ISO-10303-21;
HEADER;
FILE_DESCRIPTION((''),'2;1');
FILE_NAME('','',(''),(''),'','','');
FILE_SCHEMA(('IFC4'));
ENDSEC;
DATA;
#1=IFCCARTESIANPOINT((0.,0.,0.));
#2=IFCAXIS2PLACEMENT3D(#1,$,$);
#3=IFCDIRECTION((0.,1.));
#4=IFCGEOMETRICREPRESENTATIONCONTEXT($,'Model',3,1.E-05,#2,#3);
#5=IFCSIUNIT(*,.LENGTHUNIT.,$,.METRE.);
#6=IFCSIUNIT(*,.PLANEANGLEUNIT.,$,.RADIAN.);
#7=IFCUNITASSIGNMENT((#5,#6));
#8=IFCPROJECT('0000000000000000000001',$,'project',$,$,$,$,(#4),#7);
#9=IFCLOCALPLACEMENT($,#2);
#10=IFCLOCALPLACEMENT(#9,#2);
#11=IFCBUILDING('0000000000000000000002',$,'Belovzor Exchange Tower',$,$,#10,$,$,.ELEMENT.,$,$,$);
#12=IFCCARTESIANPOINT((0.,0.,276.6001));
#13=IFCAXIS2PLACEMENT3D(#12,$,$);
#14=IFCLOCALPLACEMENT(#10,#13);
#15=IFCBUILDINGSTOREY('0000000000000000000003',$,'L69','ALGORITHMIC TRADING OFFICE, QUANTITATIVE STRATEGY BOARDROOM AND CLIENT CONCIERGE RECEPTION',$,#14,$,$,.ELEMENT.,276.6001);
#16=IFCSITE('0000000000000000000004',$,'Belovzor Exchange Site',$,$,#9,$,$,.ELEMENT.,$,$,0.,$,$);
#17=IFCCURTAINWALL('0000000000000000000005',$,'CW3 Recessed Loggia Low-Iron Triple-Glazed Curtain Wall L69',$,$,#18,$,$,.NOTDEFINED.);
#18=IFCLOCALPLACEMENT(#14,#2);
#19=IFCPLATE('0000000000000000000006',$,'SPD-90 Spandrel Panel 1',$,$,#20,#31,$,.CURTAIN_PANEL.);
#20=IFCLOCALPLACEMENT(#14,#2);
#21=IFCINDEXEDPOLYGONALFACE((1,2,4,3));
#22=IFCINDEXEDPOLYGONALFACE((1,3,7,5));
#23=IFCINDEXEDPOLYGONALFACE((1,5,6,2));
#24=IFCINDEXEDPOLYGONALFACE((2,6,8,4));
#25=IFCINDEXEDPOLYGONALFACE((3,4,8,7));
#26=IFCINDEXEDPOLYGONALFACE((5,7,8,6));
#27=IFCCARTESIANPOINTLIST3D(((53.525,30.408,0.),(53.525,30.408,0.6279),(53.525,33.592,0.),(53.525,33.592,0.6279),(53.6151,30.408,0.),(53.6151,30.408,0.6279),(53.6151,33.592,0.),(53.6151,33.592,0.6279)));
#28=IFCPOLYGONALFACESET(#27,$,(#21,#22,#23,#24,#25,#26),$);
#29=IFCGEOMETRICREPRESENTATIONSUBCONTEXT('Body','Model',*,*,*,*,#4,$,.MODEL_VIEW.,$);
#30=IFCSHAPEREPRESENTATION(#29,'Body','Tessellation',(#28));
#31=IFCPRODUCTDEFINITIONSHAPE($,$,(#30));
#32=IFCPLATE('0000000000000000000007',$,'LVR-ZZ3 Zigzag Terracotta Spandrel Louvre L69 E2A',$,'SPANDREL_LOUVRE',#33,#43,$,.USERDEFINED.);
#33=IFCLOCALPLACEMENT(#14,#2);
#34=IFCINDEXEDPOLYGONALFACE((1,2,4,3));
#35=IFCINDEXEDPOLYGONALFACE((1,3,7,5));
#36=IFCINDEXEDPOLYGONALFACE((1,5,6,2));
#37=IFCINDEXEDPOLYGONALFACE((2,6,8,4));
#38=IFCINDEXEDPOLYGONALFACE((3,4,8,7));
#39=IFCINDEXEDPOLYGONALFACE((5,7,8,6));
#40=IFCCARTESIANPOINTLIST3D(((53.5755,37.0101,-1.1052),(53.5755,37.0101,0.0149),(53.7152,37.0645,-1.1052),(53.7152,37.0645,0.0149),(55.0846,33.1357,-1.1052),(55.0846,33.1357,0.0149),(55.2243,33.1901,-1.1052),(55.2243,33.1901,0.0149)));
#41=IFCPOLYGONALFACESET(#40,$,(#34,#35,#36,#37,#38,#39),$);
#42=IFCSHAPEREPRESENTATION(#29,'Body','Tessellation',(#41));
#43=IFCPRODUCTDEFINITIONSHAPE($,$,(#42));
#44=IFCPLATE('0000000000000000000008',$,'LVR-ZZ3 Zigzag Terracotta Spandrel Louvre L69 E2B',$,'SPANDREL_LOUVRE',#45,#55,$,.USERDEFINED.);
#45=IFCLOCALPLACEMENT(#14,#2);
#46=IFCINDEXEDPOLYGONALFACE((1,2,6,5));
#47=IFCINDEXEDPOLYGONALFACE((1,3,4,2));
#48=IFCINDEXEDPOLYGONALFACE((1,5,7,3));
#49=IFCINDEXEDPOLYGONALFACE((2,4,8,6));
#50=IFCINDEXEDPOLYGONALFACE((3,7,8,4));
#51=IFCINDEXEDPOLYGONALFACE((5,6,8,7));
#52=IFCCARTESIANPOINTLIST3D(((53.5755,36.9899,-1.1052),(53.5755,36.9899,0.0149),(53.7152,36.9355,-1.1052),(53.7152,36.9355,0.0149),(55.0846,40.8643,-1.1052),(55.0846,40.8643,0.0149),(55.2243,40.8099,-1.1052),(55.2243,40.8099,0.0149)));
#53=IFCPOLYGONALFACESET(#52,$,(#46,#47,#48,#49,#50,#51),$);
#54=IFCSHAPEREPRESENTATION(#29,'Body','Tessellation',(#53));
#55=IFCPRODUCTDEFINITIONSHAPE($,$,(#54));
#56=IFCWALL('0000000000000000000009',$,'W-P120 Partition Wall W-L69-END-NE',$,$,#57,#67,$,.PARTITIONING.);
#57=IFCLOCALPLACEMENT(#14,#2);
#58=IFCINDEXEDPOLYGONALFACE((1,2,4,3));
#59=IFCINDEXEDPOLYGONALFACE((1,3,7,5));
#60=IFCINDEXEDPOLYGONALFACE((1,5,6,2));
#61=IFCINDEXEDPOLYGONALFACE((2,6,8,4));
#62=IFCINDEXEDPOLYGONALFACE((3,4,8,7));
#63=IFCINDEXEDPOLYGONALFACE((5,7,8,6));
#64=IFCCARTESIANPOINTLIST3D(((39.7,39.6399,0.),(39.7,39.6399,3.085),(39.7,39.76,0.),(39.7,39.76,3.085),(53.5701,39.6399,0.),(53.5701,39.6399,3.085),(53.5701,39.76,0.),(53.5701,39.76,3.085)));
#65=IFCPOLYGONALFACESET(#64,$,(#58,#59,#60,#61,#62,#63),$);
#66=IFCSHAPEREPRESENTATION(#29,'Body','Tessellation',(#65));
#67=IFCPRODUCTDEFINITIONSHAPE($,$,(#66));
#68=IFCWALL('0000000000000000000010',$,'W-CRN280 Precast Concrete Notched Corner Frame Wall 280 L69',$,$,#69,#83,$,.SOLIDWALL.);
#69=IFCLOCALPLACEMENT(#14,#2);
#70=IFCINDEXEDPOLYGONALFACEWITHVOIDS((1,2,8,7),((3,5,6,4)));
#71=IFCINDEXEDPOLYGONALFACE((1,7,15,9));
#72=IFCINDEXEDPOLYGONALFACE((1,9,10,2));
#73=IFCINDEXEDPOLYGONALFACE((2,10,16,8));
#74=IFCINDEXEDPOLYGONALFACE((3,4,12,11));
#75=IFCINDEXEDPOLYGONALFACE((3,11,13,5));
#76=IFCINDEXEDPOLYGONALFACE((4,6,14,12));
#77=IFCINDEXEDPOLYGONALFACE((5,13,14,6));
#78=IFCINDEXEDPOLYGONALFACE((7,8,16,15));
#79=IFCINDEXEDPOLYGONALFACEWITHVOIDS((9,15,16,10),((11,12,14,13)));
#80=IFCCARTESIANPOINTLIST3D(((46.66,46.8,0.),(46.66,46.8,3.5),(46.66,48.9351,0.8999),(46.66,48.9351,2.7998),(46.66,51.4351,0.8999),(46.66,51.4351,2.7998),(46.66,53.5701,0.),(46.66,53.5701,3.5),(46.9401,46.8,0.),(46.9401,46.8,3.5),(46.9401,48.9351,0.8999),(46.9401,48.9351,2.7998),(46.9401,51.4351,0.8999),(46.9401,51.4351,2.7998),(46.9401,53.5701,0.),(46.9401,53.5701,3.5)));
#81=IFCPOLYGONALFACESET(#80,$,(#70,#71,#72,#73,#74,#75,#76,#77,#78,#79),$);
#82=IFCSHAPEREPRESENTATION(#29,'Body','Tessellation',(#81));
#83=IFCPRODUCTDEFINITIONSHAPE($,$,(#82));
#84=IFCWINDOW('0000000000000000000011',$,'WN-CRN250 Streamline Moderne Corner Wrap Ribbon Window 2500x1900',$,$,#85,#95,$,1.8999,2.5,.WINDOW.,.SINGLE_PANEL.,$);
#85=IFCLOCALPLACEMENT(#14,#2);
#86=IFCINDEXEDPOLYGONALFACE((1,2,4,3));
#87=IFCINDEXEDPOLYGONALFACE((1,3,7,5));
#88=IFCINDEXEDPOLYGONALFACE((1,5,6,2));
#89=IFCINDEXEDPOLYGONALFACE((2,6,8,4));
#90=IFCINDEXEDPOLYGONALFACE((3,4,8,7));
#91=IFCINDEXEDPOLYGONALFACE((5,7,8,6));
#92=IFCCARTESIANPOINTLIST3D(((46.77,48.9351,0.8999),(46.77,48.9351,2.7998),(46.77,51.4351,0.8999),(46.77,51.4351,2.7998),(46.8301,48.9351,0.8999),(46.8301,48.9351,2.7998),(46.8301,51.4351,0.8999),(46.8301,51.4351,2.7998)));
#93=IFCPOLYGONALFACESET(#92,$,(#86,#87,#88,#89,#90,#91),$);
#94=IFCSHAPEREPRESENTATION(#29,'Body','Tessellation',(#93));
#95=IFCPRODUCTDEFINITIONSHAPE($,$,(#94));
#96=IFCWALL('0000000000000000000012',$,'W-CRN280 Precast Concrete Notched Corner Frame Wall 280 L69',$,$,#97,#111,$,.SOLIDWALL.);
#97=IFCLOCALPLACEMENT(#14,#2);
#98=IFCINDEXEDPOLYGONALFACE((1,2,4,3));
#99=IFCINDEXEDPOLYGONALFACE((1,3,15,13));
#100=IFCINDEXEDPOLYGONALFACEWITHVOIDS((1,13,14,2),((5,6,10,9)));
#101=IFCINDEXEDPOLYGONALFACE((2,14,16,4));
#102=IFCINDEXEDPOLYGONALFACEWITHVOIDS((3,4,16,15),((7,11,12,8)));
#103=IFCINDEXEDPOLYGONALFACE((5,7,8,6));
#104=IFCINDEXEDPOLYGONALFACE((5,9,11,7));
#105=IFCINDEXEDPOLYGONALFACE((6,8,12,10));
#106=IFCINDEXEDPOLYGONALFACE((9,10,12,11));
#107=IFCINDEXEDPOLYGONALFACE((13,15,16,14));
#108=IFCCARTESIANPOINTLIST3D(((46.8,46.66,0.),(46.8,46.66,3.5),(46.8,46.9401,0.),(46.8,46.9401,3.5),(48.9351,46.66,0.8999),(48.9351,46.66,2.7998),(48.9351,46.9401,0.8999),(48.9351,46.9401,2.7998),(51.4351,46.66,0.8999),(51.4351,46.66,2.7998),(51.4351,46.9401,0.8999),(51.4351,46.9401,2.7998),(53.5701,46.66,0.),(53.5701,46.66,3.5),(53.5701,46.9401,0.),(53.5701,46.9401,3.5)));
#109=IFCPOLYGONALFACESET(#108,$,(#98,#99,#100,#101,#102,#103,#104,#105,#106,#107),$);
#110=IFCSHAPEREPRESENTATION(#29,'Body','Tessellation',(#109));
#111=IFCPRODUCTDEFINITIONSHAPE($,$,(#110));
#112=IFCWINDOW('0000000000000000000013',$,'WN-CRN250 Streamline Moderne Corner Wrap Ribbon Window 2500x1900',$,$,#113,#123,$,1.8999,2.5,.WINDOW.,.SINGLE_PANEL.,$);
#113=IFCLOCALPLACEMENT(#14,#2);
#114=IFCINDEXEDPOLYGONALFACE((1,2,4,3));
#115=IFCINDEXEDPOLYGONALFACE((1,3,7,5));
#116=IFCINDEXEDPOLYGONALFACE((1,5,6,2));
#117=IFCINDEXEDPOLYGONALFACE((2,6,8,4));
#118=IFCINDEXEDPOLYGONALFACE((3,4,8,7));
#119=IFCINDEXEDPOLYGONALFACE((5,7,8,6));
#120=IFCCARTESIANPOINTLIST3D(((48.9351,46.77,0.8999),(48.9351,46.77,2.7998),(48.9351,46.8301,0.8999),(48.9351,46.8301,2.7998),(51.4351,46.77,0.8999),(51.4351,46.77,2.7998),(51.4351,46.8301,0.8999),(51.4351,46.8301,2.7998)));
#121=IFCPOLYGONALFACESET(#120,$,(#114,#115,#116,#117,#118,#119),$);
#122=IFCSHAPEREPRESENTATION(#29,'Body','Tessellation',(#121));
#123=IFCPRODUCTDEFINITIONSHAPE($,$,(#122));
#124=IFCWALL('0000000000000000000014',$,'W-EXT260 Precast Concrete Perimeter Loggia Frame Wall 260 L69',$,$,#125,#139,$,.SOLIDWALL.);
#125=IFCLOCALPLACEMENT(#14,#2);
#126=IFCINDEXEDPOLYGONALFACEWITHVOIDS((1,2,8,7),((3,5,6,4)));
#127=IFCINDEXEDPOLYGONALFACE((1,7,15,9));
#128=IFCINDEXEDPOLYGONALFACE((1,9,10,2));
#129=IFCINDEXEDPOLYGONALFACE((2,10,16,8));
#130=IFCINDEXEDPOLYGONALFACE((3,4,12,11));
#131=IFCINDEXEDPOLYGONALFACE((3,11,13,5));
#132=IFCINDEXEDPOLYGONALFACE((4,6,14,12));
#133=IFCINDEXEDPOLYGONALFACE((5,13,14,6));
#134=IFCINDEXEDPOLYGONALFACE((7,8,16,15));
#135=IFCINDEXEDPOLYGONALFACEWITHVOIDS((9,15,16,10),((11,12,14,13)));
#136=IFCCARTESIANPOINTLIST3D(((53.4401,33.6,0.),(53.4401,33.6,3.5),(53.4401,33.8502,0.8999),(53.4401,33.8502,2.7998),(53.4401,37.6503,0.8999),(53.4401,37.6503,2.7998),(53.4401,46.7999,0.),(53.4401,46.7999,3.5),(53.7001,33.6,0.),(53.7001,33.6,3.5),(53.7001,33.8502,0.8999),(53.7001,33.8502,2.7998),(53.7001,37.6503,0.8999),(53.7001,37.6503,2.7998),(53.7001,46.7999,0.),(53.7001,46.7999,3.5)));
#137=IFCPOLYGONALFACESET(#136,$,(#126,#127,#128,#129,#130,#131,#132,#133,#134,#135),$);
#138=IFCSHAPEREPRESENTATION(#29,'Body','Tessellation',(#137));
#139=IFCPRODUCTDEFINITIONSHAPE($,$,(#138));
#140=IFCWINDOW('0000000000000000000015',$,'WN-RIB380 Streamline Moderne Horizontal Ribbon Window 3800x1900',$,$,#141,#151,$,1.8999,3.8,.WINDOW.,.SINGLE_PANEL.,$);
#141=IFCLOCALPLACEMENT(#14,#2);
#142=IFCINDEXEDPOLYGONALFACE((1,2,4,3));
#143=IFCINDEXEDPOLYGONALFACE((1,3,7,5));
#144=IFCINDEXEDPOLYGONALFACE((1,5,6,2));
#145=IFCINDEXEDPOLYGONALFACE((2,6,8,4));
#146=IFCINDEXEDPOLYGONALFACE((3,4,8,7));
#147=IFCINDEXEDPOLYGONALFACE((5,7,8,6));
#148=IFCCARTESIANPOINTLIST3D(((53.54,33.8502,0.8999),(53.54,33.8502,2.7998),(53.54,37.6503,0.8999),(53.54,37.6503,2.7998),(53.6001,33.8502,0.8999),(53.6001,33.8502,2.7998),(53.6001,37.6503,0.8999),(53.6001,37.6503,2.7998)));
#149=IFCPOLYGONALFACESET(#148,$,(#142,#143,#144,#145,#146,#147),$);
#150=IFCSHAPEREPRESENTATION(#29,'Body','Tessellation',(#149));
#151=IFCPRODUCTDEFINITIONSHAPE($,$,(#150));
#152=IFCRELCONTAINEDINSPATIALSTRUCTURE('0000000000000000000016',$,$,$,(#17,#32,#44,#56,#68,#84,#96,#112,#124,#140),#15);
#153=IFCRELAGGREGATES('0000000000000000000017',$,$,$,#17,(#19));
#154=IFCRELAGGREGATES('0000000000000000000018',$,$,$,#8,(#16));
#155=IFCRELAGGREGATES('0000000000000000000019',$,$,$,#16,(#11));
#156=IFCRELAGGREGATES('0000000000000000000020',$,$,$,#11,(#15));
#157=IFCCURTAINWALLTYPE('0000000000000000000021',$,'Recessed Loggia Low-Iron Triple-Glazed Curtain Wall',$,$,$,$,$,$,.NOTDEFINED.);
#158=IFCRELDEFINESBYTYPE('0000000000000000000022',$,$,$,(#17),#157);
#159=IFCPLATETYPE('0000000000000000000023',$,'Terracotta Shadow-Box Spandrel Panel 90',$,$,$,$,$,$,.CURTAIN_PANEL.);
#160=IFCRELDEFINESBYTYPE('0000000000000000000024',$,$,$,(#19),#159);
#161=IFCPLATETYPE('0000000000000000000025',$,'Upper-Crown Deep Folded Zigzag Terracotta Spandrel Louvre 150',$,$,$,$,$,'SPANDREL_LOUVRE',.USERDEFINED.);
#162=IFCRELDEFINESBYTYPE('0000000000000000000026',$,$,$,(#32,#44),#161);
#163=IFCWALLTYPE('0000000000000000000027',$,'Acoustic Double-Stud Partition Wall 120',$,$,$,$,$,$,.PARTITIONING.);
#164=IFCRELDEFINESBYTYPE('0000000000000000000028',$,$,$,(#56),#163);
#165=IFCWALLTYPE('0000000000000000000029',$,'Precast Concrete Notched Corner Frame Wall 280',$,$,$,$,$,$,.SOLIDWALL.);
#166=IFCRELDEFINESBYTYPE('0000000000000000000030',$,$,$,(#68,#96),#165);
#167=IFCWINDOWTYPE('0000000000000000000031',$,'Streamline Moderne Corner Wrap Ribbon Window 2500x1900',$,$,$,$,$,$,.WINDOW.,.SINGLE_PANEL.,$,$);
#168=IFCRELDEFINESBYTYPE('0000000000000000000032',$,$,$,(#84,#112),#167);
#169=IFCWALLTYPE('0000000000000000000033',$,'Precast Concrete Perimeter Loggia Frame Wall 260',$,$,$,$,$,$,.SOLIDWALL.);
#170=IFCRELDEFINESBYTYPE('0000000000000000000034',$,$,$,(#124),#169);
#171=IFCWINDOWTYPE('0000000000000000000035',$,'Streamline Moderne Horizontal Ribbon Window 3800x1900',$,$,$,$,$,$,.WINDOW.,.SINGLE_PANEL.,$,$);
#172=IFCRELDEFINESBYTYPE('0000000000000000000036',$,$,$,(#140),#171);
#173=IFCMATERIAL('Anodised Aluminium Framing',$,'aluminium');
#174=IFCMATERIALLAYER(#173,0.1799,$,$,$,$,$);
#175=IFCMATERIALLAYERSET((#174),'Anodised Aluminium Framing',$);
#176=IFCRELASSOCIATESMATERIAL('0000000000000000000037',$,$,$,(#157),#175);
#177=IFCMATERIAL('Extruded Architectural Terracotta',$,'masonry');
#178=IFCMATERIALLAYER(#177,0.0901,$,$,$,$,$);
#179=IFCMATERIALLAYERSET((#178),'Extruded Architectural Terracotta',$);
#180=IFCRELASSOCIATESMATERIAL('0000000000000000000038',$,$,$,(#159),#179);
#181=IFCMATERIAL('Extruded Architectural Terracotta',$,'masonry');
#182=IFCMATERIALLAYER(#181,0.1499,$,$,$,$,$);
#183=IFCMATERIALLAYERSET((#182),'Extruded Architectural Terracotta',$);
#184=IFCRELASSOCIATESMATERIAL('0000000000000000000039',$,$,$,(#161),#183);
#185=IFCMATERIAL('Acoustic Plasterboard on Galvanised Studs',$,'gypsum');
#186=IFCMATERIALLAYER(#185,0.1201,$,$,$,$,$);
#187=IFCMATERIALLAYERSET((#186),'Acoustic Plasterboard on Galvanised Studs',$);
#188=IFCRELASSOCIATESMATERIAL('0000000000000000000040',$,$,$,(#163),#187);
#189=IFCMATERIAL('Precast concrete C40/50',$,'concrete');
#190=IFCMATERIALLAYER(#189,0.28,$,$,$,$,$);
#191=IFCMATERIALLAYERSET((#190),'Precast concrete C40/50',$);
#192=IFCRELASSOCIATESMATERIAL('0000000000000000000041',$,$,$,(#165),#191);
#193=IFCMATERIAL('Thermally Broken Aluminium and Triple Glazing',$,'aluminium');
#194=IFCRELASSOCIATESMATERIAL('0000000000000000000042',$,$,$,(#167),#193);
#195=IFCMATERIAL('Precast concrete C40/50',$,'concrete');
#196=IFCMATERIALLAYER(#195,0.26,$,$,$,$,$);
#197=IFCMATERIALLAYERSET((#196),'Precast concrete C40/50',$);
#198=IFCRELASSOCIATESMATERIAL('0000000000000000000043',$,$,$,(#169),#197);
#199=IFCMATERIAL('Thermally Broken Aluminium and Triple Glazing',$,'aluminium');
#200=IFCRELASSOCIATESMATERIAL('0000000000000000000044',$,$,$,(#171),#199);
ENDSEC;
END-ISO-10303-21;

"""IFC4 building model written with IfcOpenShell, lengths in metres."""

from ifc_helpers import new_model, si_unit, direction, frame, frame_2d, origin, origin_2d, place, context, subcontext, project, spatial, rectangle, extrude, material, layer, layer_set, type_object, element, fill, aggregate, save


model = new_model("IFC4")

# Units and contexts
model_context = context("Model", 3, precision=1e-05, world=origin(), true_north=direction((0.0, 1.0)))
body_context = subcontext(model_context, "Body", "Model", "MODEL_VIEW")
ifc_project = project(units=[si_unit("LENGTHUNIT", "METRE"), si_unit("PLANEANGLEUNIT", "RADIAN")], contexts=[model_context])

# Site, building, storey
site_placement = place(None, origin())
site = spatial("IfcSite", under=ifc_project, at=site_placement, Name="Belovzor Exchange Site", CompositionType="ELEMENT", RefElevation=0.0)
building_placement = place(site_placement, origin())
building = spatial("IfcBuilding", under=site, at=building_placement, Name="Belovzor Exchange Tower", CompositionType="ELEMENT")
storey_placement = place(building_placement, frame((0.0, 0.0, 276.6001)))
storey = spatial("IfcBuildingStorey", under=building, at=storey_placement, Name="L69", Description="ALGORITHMIC TRADING OFFICE, QUANTITATIVE STRATEGY BOARDROOM AND CLIENT CONCIERGE RECEPTION", CompositionType="ELEMENT", Elevation=276.6001)

# Curtain wall
ifc_material_1 = material(Name="Anodised Aluminium Framing", Category="aluminium")
ifc_layer_1 = layer(ifc_material_1, 0.1799)
ifc_layer_set_1 = layer_set([ifc_layer_1], Name="Anodised Aluminium Framing")
curtain_wall_type = type_object("IfcCurtainWallType", Name="Recessed Loggia Low-Iron Triple-Glazed Curtain Wall", PredefinedType="NOTDEFINED", material=ifc_layer_set_1)
curtain_wall_placement = place(storey_placement, origin())
curtain_wall = element("IfcCurtainWall", 1, at=curtain_wall_placement, inside=storey, type_object=curtain_wall_type, Name="CW3 Recessed Loggia Low-Iron Triple-Glazed Curtain Wall L69", PredefinedType="NOTDEFINED")

# Plate
ifc_material_2 = material(Name="Extruded Architectural Terracotta", Category="masonry")
ifc_layer_2 = layer(ifc_material_2, 0.0901)
ifc_layer_set_2 = layer_set([ifc_layer_2], Name="Extruded Architectural Terracotta")
plate_type_1 = type_object("IfcPlateType", Name="Terracotta Shadow-Box Spandrel Panel 90", PredefinedType="CURTAIN_PANEL", material=ifc_layer_set_2)
plate_1_placement = place(storey_placement, frame((53.5701, 32.0, 0.0), z_axis=(0.0, 0.0, 1.0), x_axis=(0.0, -1.0, 0.0)))
plate_1 = element("IfcPlate", 2, at=plate_1_placement, type_object=plate_type_1, Name="SPD-90 Spandrel Panel 1", PredefinedType="CURTAIN_PANEL", context=body_context, shape_type="SweptSolid", body=[
    extrude(rectangle(XDim=3.1841, YDim=0.0901, at=origin_2d()), origin(), (0.0, 0.0, 1.0), 0.6279),
])
aggregate(curtain_wall, [plate_1])

# Plates
ifc_material_3 = material(Name="Extruded Architectural Terracotta", Category="masonry")
ifc_layer_3 = layer(ifc_material_3, 0.1499)
ifc_layer_set_3 = layer_set([ifc_layer_3], Name="Extruded Architectural Terracotta")
plate_type_2 = type_object("IfcPlateType", Name="Upper-Crown Deep Folded Zigzag Terracotta Spandrel Louvre 150", ElementType="SPANDREL_LOUVRE", PredefinedType="USERDEFINED", material=ifc_layer_set_3)
for number, where, z_axis, x_axis, name in (
    (3, (54.3999, 35.1001, -1.1052), (0.0, 0.0, 1.0), (-0.362926, 0.931818, 0.0), "LVR-ZZ3 Zigzag Terracotta Spandrel Louvre L69 E2A"),
    (4, (54.3999, 38.8999, -1.1052), (0.0, 0.0, 1.0), (0.362926, 0.931818, 0.0), "LVR-ZZ3 Zigzag Terracotta Spandrel Louvre L69 E2B"),
):
    element("IfcPlate", number, at=place(storey_placement, frame(where, z_axis=z_axis, x_axis=x_axis)), inside=storey, type_object=plate_type_2, Name=name, ObjectType="SPANDREL_LOUVRE", PredefinedType="USERDEFINED", context=body_context, shape_type="SweptSolid", body=[
        extrude(rectangle(XDim=4.158, YDim=0.1499, at=origin_2d()), origin(), (0.0, 0.0, 1.0), 1.1201),
    ])

# Wall
ifc_material_4 = material(Name="Acoustic Plasterboard on Galvanised Studs", Category="gypsum")
ifc_layer_4 = layer(ifc_material_4, 0.1201)
ifc_layer_set_4 = layer_set([ifc_layer_4], Name="Acoustic Plasterboard on Galvanised Studs")
wall_type_1 = type_object("IfcWallType", Name="Acoustic Double-Stud Partition Wall 120", PredefinedType="PARTITIONING", material=ifc_layer_set_4)
wall_1_placement = place(storey_placement, frame((39.7, 39.7, 0.0), z_axis=(0.0, 0.0, 1.0), x_axis=(1.0, 0.0, 0.0)))
element("IfcWall", 5, at=wall_1_placement, inside=storey, type_object=wall_type_1, Name="W-P120 Partition Wall W-L69-END-NE", PredefinedType="PARTITIONING", context=body_context, shape_type="SweptSolid", body=[
    extrude(rectangle(XDim=13.8701, YDim=0.1201, at=frame_2d((6.9351, 0.0))), origin(), (0.0, 0.0, 1.0), 3.085),
])

# Walls, openings, windows
ifc_material_5 = material(Name="Precast concrete C40/50", Category="concrete")
ifc_layer_5 = layer(ifc_material_5, 0.28)
ifc_layer_set_5 = layer_set([ifc_layer_5], Name="Precast concrete C40/50")
wall_type_2 = type_object("IfcWallType", Name="Precast Concrete Notched Corner Frame Wall 280", PredefinedType="SOLIDWALL", material=ifc_layer_set_5)
wall_2_placement = place(storey_placement, frame((46.8, 53.5701, 0.0), z_axis=(0.0, 0.0, 1.0), x_axis=(0.0, -1.0, 0.0)))
wall_2 = element("IfcWall", 6, at=wall_2_placement, inside=storey, type_object=wall_type_2, Name="W-CRN280 Precast Concrete Notched Corner Frame Wall 280 L69", PredefinedType="SOLIDWALL", context=body_context, shape_type="SweptSolid", body=[
    extrude(rectangle(XDim=6.77, YDim=0.28, at=frame_2d((3.385, 0.0))), origin(), (0.0, 0.0, 1.0), 3.5),
])
opening_1_placement = place(wall_2_placement, frame((2.135, 0.0, 0.8999)))
opening_1 = element("IfcOpeningElement", 7, at=opening_1_placement, cuts=wall_2, PredefinedType="OPENING", context=body_context, shape_type="SweptSolid", body=[
    extrude(rectangle(XDim=2.5, YDim=1.8999, at=frame_2d((1.25, 0.95))), frame((0.0, 0.1499, 0.0), z_axis=(0.0, -1.0, 0.0), x_axis=(1.0, 0.0, 0.0)), (0.0, 0.0, 1.0), 0.3),
])
ifc_material_6 = material(Name="Thermally Broken Aluminium and Triple Glazing", Category="aluminium")
window_type_1 = type_object("IfcWindowType", Name="Streamline Moderne Corner Wrap Ribbon Window 2500x1900", PartitioningType="SINGLE_PANEL", PredefinedType="WINDOW", material=ifc_material_6)
window_1_placement = place(opening_1_placement, origin())
window_1 = element("IfcWindow", 8, at=window_1_placement, inside=storey, type_object=window_type_1, Name="WN-CRN250 Streamline Moderne Corner Wrap Ribbon Window 2500x1900", OverallHeight=1.8999, OverallWidth=2.5, PartitioningType="SINGLE_PANEL", PredefinedType="WINDOW", context=body_context, shape_type="SweptSolid", body=[
    extrude(rectangle(XDim=2.5, YDim=1.8999, at=frame_2d((1.25, 0.95))), frame((0.0, 0.03, 0.0), z_axis=(0.0, -1.0, 0.0), x_axis=(1.0, 0.0, 0.0)), (0.0, 0.0, 1.0), 0.0601),
])
fill(opening_1, window_1)
wall_3_placement = place(storey_placement, frame((46.8, 46.8, 0.0), z_axis=(0.0, 0.0, 1.0), x_axis=(1.0, 0.0, 0.0)))
wall_3 = element("IfcWall", 9, at=wall_3_placement, inside=storey, type_object=wall_type_2, Name="W-CRN280 Precast Concrete Notched Corner Frame Wall 280 L69", PredefinedType="SOLIDWALL", context=body_context, shape_type="SweptSolid", body=[
    extrude(rectangle(XDim=6.77, YDim=0.28, at=frame_2d((3.385, 0.0))), origin(), (0.0, 0.0, 1.0), 3.5),
])
opening_2_placement = place(wall_3_placement, frame((2.135, 0.0, 0.8999)))
opening_2 = element("IfcOpeningElement", 10, at=opening_2_placement, cuts=wall_3, PredefinedType="OPENING", context=body_context, shape_type="SweptSolid", body=[
    extrude(rectangle(XDim=2.5, YDim=1.8999, at=frame_2d((1.25, 0.95))), frame((0.0, 0.1499, 0.0), z_axis=(0.0, -1.0, 0.0), x_axis=(1.0, 0.0, 0.0)), (0.0, 0.0, 1.0), 0.3),
])
window_2_placement = place(opening_2_placement, origin())
window_2 = element("IfcWindow", 11, at=window_2_placement, inside=storey, type_object=window_type_1, Name="WN-CRN250 Streamline Moderne Corner Wrap Ribbon Window 2500x1900", OverallHeight=1.8999, OverallWidth=2.5, PartitioningType="SINGLE_PANEL", PredefinedType="WINDOW", context=body_context, shape_type="SweptSolid", body=[
    extrude(rectangle(XDim=2.5, YDim=1.8999, at=frame_2d((1.25, 0.95))), frame((0.0, 0.03, 0.0), z_axis=(0.0, -1.0, 0.0), x_axis=(1.0, 0.0, 0.0)), (0.0, 0.0, 1.0), 0.0601),
])
fill(opening_2, window_2)
ifc_material_7 = material(Name="Precast concrete C40/50", Category="concrete")
ifc_layer_6 = layer(ifc_material_7, 0.26)
ifc_layer_set_6 = layer_set([ifc_layer_6], Name="Precast concrete C40/50")
wall_type_3 = type_object("IfcWallType", Name="Precast Concrete Perimeter Loggia Frame Wall 260", PredefinedType="SOLIDWALL", material=ifc_layer_set_6)
wall_4_placement = place(storey_placement, frame((53.5701, 46.8, 0.0), z_axis=(0.0, 0.0, 1.0), x_axis=(0.0, -1.0, 0.0)))
wall_4 = element("IfcWall", 12, at=wall_4_placement, inside=storey, type_object=wall_type_3, Name="W-EXT260 Precast Concrete Perimeter Loggia Frame Wall 260 L69", PredefinedType="SOLIDWALL", context=body_context, shape_type="SweptSolid", body=[
    extrude(rectangle(XDim=13.2, YDim=0.26, at=frame_2d((6.6001, 0.0))), origin(), (0.0, 0.0, 1.0), 3.5),
])
opening_3_placement = place(wall_4_placement, frame((9.1499, 0.0, 0.8999)))
opening_3 = element("IfcOpeningElement", 13, at=opening_3_placement, cuts=wall_4, PredefinedType="OPENING", context=body_context, shape_type="SweptSolid", body=[
    extrude(rectangle(XDim=3.8, YDim=1.8999, at=frame_2d((1.8999, 0.95))), frame((0.0, 0.1399, 0.0), z_axis=(0.0, -1.0, 0.0), x_axis=(1.0, 0.0, 0.0)), (0.0, 0.0, 1.0), 0.28),
])
ifc_material_8 = material(Name="Thermally Broken Aluminium and Triple Glazing", Category="aluminium")
window_type_2 = type_object("IfcWindowType", Name="Streamline Moderne Horizontal Ribbon Window 3800x1900", PartitioningType="SINGLE_PANEL", PredefinedType="WINDOW", material=ifc_material_8)
window_3_placement = place(opening_3_placement, origin())
window_3 = element("IfcWindow", 14, at=window_3_placement, inside=storey, type_object=window_type_2, Name="WN-RIB380 Streamline Moderne Horizontal Ribbon Window 3800x1900", OverallHeight=1.8999, OverallWidth=3.8, PartitioningType="SINGLE_PANEL", PredefinedType="WINDOW", context=body_context, shape_type="SweptSolid", body=[
    extrude(rectangle(XDim=3.8, YDim=1.8999, at=frame_2d((1.8999, 0.95))), frame((0.0, 0.03, 0.0), z_axis=(0.0, -1.0, 0.0), x_axis=(1.0, 0.0, 0.0)), (0.0, 0.0, 1.0), 0.0601),
])
fill(opening_3, window_3)

save(model, "model.ifc")
